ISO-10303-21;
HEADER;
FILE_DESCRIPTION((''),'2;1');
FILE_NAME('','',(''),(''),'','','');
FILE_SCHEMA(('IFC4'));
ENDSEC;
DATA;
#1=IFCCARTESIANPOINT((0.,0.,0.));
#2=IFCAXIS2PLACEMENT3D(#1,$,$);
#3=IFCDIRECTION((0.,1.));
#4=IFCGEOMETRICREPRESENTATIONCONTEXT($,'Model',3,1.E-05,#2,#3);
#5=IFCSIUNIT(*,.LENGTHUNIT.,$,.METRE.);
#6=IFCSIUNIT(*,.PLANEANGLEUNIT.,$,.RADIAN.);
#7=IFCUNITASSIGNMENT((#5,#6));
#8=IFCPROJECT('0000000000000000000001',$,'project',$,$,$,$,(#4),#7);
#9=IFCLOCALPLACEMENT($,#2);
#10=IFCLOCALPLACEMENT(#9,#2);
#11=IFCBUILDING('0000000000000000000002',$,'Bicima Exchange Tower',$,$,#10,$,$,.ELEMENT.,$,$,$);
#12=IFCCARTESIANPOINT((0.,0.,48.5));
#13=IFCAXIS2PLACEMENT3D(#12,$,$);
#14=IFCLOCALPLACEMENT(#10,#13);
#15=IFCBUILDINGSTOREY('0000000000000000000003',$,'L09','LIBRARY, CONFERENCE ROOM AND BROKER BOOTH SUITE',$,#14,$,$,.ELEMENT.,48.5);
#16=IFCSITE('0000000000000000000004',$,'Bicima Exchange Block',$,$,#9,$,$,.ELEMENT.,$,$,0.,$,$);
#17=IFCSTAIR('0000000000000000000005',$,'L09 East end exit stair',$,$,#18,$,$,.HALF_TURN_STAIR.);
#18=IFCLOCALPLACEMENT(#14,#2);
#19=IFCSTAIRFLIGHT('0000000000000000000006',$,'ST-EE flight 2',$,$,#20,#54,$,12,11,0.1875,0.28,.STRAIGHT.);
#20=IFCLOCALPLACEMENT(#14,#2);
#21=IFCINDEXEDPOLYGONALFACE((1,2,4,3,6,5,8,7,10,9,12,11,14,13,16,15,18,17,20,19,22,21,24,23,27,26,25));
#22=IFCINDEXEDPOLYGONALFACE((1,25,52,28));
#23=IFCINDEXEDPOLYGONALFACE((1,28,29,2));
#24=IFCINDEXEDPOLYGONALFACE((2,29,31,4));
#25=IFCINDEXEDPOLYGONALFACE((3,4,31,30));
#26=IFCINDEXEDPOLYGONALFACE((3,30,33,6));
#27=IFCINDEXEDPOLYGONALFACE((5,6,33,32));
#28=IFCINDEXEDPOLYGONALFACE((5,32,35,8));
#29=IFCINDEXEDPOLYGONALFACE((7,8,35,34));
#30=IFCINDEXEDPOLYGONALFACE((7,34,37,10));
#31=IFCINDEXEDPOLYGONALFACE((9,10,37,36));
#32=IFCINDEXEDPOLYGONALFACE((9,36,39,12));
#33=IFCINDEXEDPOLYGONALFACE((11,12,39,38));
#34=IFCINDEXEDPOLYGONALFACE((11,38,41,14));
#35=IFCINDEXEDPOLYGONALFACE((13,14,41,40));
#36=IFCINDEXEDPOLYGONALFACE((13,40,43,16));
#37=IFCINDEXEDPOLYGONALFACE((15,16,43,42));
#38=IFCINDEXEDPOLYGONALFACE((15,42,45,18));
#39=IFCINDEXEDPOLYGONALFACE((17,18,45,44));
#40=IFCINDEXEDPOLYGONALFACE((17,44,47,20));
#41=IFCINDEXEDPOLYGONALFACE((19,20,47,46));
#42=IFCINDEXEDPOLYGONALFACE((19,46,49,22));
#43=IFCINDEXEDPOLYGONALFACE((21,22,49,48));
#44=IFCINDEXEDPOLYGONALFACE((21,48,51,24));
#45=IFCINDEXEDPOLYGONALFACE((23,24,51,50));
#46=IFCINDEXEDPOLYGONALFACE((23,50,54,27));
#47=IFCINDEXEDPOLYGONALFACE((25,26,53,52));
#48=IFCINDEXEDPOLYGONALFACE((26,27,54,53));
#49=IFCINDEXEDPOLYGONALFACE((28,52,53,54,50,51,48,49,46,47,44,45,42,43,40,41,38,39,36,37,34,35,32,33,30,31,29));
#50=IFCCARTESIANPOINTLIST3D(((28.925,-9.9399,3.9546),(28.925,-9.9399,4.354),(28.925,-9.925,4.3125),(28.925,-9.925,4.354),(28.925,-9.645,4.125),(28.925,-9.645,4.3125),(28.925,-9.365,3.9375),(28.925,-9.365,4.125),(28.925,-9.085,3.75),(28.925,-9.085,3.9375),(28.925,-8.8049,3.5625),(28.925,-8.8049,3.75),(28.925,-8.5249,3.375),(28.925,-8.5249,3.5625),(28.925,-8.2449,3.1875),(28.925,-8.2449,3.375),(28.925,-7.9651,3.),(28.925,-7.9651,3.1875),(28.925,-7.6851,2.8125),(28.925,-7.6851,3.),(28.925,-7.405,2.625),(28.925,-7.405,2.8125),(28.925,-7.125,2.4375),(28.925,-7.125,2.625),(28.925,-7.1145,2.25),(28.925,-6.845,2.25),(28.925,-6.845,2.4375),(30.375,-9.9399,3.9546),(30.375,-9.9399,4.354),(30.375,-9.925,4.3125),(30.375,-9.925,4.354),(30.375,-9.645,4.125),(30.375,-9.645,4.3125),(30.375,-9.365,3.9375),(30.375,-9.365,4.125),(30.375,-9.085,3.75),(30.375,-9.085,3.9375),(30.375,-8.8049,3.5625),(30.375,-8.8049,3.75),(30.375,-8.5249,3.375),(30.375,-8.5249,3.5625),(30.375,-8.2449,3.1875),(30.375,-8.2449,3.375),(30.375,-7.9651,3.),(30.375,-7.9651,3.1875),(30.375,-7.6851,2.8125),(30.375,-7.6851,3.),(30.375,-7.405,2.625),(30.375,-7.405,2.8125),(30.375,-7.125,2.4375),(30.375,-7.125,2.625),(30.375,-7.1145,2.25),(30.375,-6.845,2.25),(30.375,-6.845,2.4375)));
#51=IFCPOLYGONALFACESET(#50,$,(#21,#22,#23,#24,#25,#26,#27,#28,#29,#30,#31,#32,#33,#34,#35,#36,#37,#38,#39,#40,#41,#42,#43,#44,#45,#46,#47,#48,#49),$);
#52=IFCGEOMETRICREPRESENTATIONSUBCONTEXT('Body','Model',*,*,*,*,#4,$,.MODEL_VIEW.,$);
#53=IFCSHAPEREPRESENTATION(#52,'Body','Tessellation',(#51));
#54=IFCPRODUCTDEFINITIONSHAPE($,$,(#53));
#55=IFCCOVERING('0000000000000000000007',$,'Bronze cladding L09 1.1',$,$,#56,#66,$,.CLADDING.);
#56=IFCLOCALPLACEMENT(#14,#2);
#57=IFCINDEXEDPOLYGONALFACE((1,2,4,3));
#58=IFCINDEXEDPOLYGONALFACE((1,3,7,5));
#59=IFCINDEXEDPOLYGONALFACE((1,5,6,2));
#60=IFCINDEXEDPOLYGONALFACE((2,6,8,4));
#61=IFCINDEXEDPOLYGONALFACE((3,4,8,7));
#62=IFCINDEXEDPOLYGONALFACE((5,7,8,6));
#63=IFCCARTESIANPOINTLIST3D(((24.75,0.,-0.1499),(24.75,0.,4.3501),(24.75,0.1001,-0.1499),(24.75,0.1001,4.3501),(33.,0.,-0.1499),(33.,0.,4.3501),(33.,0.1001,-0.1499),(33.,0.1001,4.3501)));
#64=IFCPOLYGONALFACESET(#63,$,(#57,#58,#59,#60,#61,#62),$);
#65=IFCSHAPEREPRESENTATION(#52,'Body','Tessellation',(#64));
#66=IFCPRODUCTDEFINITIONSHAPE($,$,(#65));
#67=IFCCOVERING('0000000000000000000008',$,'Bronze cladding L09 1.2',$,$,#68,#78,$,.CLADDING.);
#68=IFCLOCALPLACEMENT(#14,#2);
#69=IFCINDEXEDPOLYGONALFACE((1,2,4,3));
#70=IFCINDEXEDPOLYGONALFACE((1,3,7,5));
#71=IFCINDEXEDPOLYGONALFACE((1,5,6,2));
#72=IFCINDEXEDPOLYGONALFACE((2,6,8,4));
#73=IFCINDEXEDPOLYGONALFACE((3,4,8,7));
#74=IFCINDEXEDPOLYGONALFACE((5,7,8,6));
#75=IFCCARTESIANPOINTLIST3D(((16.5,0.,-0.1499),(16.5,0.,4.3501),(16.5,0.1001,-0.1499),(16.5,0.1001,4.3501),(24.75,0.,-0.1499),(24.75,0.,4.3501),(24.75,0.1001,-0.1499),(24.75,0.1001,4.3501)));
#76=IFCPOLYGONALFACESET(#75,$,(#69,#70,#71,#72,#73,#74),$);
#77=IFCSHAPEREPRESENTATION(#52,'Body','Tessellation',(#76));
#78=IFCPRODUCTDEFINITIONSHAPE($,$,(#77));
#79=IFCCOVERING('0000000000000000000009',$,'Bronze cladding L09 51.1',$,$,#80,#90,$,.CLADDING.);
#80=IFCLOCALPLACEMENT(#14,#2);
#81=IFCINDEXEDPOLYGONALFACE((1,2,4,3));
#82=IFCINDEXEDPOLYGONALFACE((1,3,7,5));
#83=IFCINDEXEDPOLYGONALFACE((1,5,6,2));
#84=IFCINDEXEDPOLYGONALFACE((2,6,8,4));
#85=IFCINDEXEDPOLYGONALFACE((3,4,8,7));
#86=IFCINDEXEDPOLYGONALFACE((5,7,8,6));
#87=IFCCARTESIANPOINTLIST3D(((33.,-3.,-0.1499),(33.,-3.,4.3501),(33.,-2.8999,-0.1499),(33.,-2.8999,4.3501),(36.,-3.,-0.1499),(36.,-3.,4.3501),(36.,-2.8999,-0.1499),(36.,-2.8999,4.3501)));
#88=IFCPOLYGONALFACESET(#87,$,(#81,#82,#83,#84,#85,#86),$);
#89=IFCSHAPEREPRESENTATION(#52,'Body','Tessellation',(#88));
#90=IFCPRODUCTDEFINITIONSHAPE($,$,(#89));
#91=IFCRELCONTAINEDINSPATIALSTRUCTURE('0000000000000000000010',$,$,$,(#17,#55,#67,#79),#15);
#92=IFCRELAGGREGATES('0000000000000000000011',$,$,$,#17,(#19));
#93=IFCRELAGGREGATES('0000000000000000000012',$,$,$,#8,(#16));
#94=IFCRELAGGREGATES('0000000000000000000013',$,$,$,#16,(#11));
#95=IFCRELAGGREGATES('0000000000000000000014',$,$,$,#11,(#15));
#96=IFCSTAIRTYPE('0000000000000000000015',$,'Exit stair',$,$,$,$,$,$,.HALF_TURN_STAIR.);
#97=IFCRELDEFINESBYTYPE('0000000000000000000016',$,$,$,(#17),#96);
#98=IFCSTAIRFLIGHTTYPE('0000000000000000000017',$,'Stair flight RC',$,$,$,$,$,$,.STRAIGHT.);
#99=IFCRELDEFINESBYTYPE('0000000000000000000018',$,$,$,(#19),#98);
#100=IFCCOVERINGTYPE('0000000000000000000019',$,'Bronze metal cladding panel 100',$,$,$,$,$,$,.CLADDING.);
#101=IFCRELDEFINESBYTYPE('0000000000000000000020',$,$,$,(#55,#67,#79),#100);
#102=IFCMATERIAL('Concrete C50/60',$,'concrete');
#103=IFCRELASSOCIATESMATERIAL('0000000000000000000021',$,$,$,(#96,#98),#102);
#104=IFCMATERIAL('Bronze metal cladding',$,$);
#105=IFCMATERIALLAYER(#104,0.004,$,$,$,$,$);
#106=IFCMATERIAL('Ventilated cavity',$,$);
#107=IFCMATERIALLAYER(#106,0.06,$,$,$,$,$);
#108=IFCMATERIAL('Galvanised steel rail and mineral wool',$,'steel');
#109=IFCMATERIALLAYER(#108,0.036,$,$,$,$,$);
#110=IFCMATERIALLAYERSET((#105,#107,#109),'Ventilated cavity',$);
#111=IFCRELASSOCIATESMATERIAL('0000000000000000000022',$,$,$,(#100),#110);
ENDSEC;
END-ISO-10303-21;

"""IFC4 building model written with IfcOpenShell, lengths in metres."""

from ifc_helpers import new_model, si_unit, direction, frame, origin, origin_2d, place, context, subcontext, project, spatial, polyline, rectangle, outline, extrude, material, layer, layer_set, type_object, element, aggregate, save


model = new_model("IFC4")

# Units and contexts
model_context = context("Model", 3, precision=1e-05, world=origin(), true_north=direction((0.0, 1.0)))
body_context = subcontext(model_context, "Body", "Model", "MODEL_VIEW")
ifc_project = project(units=[si_unit("LENGTHUNIT", "METRE"), si_unit("PLANEANGLEUNIT", "RADIAN")], contexts=[model_context])

# Site, building, storey
site_placement = place(None, origin())
site = spatial("IfcSite", under=ifc_project, at=site_placement, Name="Bicima Exchange Block", CompositionType="ELEMENT", RefElevation=0.0)
building_placement = place(site_placement, origin())
building = spatial("IfcBuilding", under=site, at=building_placement, Name="Bicima Exchange Tower", CompositionType="ELEMENT")
storey_placement = place(building_placement, frame((0.0, 0.0, 48.5)))
storey = spatial("IfcBuildingStorey", under=building, at=storey_placement, Name="L09", Description="LIBRARY, CONFERENCE ROOM AND BROKER BOOTH SUITE", CompositionType="ELEMENT", Elevation=48.5)

# Shared definitions
ifc_material_1 = material(Name="Concrete C50/60", Category="concrete")

# Stair, stair flight
stair_type = type_object("IfcStairType", Name="Exit stair", PredefinedType="HALF_TURN_STAIR", material=ifc_material_1)
stair_flight_type = type_object("IfcStairFlightType", Name="Stair flight RC", PredefinedType="STRAIGHT", material=ifc_material_1)
stair_1_placement = place(storey_placement, origin())
stair_1 = element("IfcStair", 1, at=stair_1_placement, inside=storey, type_object=stair_type, Name="L09 East end exit stair", PredefinedType="HALF_TURN_STAIR")
stair_flight_1_placement = place(storey_placement, frame((29.6499, -6.845, 2.25), z_axis=(0.0, 0.0, 1.0), x_axis=(0.0, -1.0, 0.0)))
stair_flight_1 = element("IfcStairFlight", 2, at=stair_flight_1_placement, type_object=stair_flight_type, Name="ST-EE flight 2", NumberOfRisers=12, NumberOfTreads=11, PredefinedType="STRAIGHT", RiserHeight=0.1875, TreadLength=0.28, context=body_context, shape_type="SweptSolid", body=[
    extrude(outline(polyline([(0.0, 0.0), (0.0, 0.1875), (0.28, 0.1875), (0.28, 0.375), (0.5601, 0.375), (0.5601, 0.5625), (0.8401, 0.5625), (0.8401, 0.75), (1.1201, 0.75), (1.1201, 0.9375), (1.3999, 0.9375), (1.3999, 1.125), (1.6799, 1.125), (1.6799, 1.3125), (1.96, 1.3125), (1.96, 1.5), (2.24, 1.5), (2.24, 1.6875), (2.52, 1.6875), (2.52, 1.875), (2.8, 1.875), (2.8, 2.0625), (3.0801, 2.0625), (3.0801, 2.104), (3.095, 2.104), (3.095, 1.7046), (0.2695, 0.0), (0.0, 0.0)])), frame((0.0, 0.7251, 0.0), z_axis=(0.0, -1.0, 0.0), x_axis=(1.0, 0.0, 0.0)), (0.0, 0.0, 1.0), 1.45),
])
aggregate(stair_1, [stair_flight_1])

# Coverings
ifc_material_2 = material(Name="Bronze metal cladding")
ifc_layer_1 = layer(ifc_material_2, 0.004)
ifc_material_3 = material(Name="Ventilated cavity")
ifc_layer_2 = layer(ifc_material_3, 0.06)
ifc_material_4 = material(Name="Galvanised steel rail and mineral wool", Category="steel")
ifc_layer_3 = layer(ifc_material_4, 0.036)
ifc_layer_set_1 = layer_set([ifc_layer_1, ifc_layer_2, ifc_layer_3], Name="Ventilated cavity")
covering_type = type_object("IfcCoveringType", Name="Bronze metal cladding panel 100", PredefinedType="CLADDING", material=ifc_layer_set_1)
for number, where, z_axis, x_axis, name in (
    (3, (28.875, 0.05, -0.1499), (0.0, 0.0, 1.0), (-1.0, 0.0, 0.0), "Bronze cladding L09 1.1"),
    (4, (20.625, 0.05, -0.1499), (0.0, 0.0, 1.0), (-1.0, 0.0, 0.0), "Bronze cladding L09 1.2"),
):
    element("IfcCovering", number, at=place(storey_placement, frame(where, z_axis=z_axis, x_axis=x_axis)), inside=storey, type_object=covering_type, Name=name, PredefinedType="CLADDING", context=body_context, shape_type="SweptSolid", body=[
        extrude(rectangle(XDim=8.25, YDim=0.1001, at=origin_2d()), origin(), (0.0, 0.0, 1.0), 4.5),
    ])
covering_placement = place(storey_placement, frame((34.5, -2.95, -0.1499), z_axis=(0.0, 0.0, 1.0), x_axis=(-1.0, 0.0, 0.0)))
element("IfcCovering", 5, at=covering_placement, inside=storey, type_object=covering_type, Name="Bronze cladding L09 51.1", PredefinedType="CLADDING", context=body_context, shape_type="SweptSolid", body=[
    extrude(rectangle(XDim=3.0, YDim=0.1001, at=origin_2d()), origin(), (0.0, 0.0, 1.0), 4.5),
])

save(model, "model.ifc")
